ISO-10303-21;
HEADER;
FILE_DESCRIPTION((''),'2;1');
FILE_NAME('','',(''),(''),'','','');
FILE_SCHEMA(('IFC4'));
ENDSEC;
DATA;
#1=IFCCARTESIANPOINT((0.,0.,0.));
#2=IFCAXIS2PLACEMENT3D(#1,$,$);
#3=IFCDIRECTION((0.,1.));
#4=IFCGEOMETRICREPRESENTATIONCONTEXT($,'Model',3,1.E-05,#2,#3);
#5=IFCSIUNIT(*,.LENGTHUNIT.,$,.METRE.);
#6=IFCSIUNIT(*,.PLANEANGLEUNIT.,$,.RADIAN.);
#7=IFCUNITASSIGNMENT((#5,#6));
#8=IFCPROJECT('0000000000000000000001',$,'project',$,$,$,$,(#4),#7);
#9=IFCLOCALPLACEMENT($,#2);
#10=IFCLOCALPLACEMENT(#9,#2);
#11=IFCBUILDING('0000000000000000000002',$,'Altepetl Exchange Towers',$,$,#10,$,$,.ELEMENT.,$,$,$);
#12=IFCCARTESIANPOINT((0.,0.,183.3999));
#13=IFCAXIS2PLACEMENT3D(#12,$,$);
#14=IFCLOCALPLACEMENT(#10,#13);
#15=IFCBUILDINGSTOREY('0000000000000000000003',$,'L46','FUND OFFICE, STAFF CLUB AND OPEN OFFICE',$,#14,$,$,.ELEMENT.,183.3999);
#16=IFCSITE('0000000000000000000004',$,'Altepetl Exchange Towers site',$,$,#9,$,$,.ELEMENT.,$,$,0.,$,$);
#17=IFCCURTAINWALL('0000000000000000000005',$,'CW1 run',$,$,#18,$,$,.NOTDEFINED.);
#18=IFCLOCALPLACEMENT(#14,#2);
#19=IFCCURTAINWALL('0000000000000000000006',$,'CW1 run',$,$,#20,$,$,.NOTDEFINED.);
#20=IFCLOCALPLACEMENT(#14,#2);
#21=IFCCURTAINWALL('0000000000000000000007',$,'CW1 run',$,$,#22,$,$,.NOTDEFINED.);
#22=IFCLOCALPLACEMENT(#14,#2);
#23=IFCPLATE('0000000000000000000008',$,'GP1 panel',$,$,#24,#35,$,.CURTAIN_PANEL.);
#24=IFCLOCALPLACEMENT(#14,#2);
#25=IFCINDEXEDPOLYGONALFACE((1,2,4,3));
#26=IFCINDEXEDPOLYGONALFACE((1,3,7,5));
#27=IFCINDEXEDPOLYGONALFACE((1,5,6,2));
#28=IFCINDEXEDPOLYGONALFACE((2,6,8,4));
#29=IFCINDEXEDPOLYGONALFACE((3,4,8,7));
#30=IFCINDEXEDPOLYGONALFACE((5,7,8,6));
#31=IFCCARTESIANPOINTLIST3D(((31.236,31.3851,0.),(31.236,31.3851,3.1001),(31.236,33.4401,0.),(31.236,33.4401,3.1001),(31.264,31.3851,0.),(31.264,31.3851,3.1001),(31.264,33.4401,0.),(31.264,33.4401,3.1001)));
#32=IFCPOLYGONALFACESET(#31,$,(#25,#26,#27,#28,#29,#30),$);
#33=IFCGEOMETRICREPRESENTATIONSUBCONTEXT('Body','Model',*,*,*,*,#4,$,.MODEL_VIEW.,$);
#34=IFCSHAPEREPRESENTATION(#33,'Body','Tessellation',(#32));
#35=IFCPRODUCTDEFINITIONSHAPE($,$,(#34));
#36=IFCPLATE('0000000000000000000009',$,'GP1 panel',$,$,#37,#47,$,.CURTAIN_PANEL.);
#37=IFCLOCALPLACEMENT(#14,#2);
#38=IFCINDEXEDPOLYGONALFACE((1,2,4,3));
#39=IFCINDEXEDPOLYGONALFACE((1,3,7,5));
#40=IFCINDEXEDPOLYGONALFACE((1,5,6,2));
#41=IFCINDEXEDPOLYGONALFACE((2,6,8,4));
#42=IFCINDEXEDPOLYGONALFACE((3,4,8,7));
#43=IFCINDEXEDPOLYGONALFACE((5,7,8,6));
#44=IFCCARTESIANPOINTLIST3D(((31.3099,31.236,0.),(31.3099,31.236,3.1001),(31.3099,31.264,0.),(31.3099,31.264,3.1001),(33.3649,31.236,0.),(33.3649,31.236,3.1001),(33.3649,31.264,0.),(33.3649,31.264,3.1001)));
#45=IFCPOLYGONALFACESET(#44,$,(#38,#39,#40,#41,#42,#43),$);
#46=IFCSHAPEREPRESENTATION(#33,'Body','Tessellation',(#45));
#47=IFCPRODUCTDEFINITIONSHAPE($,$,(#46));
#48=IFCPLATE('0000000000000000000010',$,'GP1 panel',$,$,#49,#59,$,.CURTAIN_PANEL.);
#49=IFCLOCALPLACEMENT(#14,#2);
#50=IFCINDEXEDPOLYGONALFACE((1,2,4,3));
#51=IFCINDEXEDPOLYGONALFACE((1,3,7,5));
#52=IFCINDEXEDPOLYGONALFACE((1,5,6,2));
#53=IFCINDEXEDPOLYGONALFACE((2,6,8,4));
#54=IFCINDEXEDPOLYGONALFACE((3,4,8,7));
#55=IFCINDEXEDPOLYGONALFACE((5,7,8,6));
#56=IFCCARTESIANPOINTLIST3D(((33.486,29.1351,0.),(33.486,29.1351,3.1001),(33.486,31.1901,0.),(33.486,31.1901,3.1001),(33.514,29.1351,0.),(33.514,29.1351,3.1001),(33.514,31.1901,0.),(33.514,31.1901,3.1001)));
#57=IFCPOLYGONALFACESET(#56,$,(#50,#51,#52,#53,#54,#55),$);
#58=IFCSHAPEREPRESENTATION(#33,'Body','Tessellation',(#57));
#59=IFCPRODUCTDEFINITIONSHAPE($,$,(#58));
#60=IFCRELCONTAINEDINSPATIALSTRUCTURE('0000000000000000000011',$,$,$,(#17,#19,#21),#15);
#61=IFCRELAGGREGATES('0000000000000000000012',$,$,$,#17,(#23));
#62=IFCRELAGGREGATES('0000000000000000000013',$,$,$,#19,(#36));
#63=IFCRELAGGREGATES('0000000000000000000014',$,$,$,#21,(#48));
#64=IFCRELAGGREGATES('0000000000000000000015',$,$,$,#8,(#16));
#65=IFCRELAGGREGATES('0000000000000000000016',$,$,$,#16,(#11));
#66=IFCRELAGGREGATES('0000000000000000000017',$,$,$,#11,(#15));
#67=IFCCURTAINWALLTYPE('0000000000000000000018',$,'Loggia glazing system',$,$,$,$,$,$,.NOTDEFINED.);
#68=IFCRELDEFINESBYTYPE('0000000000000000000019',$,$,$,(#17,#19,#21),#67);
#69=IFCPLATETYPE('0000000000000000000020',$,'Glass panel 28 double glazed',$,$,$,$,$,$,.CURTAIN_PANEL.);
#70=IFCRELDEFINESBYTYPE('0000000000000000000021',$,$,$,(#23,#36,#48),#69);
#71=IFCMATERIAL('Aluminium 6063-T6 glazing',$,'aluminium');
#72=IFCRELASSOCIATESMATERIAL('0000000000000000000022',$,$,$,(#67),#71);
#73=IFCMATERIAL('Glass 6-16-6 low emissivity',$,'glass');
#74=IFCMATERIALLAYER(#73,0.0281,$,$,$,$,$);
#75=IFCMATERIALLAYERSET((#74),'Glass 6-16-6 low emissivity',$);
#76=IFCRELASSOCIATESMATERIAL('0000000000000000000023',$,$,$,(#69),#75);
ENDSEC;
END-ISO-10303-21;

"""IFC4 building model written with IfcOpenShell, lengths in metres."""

from ifc_helpers import new_model, si_unit, direction, frame, origin, origin_2d, place, context, subcontext, project, spatial, rectangle, extrude, material, layer, layer_set, type_object, element, aggregate, save


model = new_model("IFC4")

# Units and contexts
model_context = context("Model", 3, precision=1e-05, world=origin(), true_north=direction((0.0, 1.0)))
body_context = subcontext(model_context, "Body", "Model", "MODEL_VIEW")
ifc_project = project(units=[si_unit("LENGTHUNIT", "METRE"), si_unit("PLANEANGLEUNIT", "RADIAN")], contexts=[model_context])

# Site, building, storey
site_placement = place(None, origin())
site = spatial("IfcSite", under=ifc_project, at=site_placement, Name="Altepetl Exchange Towers site", CompositionType="ELEMENT", RefElevation=0.0)
building_placement = place(site_placement, origin())
building = spatial("IfcBuilding", under=site, at=building_placement, Name="Altepetl Exchange Towers", CompositionType="ELEMENT")
storey_placement = place(building_placement, frame((0.0, 0.0, 183.3999)))
storey = spatial("IfcBuildingStorey", under=building, at=storey_placement, Name="L46", Description="FUND OFFICE, STAFF CLUB AND OPEN OFFICE", CompositionType="ELEMENT", Elevation=183.3999)

# Curtain walls
ifc_material_1 = material(Name="Aluminium 6063-T6 glazing", Category="aluminium")
curtain_wall_type = type_object("IfcCurtainWallType", Name="Loggia glazing system", PredefinedType="NOTDEFINED", material=ifc_material_1)
curtain_wall_1_placement = place(storey_placement, origin())
curtain_wall_1 = element("IfcCurtainWall", 1, at=curtain_wall_1_placement, inside=storey, type_object=curtain_wall_type, Name="CW1 run", PredefinedType="NOTDEFINED")
curtain_wall_2_placement = place(storey_placement, origin())
curtain_wall_2 = element("IfcCurtainWall", 2, at=curtain_wall_2_placement, inside=storey, type_object=curtain_wall_type, Name="CW1 run", PredefinedType="NOTDEFINED")
curtain_wall_3_placement = place(storey_placement, origin())
curtain_wall_3 = element("IfcCurtainWall", 3, at=curtain_wall_3_placement, inside=storey, type_object=curtain_wall_type, Name="CW1 run", PredefinedType="NOTDEFINED")

# Plates
ifc_material_2 = material(Name="Glass 6-16-6 low emissivity", Category="glass")
ifc_layer = layer(ifc_material_2, 0.0281)
ifc_layer_set = layer_set([ifc_layer], Name="Glass 6-16-6 low emissivity")
plate_type = type_object("IfcPlateType", Name="Glass panel 28 double glazed", PredefinedType="CURTAIN_PANEL", material=ifc_layer_set)
plate_1_placement = place(storey_placement, frame((31.25, 32.4126, 0.0), z_axis=(0.0, 0.0, 1.0), x_axis=(0.0, -1.0, 0.0)))
plate_1 = element("IfcPlate", 4, at=plate_1_placement, type_object=plate_type, Name="GP1 panel", PredefinedType="CURTAIN_PANEL", context=body_context, shape_type="SweptSolid", body=[
    extrude(rectangle(XDim=2.0549, YDim=0.0281, at=origin_2d()), origin(), (0.0, 0.0, 1.0), 3.1001),
])
aggregate(curtain_wall_1, [plate_1])
plate_2_placement = place(storey_placement, frame((32.3374, 31.25, 0.0)))
plate_2 = element("IfcPlate", 5, at=plate_2_placement, type_object=plate_type, Name="GP1 panel", PredefinedType="CURTAIN_PANEL", context=body_context, shape_type="SweptSolid", body=[
    extrude(rectangle(XDim=2.0549, YDim=0.0281, at=origin_2d()), origin(), (0.0, 0.0, 1.0), 3.1001),
])
aggregate(curtain_wall_2, [plate_2])
plate_3_placement = place(storey_placement, frame((33.5, 30.1626, 0.0), z_axis=(0.0, 0.0, 1.0), x_axis=(0.0, -1.0, 0.0)))
plate_3 = element("IfcPlate", 6, at=plate_3_placement, type_object=plate_type, Name="GP1 panel", PredefinedType="CURTAIN_PANEL", context=body_context, shape_type="SweptSolid", body=[
    extrude(rectangle(XDim=2.0549, YDim=0.0281, at=origin_2d()), origin(), (0.0, 0.0, 1.0), 3.1001),
])
aggregate(curtain_wall_3, [plate_3])

save(model, "model.ifc")
